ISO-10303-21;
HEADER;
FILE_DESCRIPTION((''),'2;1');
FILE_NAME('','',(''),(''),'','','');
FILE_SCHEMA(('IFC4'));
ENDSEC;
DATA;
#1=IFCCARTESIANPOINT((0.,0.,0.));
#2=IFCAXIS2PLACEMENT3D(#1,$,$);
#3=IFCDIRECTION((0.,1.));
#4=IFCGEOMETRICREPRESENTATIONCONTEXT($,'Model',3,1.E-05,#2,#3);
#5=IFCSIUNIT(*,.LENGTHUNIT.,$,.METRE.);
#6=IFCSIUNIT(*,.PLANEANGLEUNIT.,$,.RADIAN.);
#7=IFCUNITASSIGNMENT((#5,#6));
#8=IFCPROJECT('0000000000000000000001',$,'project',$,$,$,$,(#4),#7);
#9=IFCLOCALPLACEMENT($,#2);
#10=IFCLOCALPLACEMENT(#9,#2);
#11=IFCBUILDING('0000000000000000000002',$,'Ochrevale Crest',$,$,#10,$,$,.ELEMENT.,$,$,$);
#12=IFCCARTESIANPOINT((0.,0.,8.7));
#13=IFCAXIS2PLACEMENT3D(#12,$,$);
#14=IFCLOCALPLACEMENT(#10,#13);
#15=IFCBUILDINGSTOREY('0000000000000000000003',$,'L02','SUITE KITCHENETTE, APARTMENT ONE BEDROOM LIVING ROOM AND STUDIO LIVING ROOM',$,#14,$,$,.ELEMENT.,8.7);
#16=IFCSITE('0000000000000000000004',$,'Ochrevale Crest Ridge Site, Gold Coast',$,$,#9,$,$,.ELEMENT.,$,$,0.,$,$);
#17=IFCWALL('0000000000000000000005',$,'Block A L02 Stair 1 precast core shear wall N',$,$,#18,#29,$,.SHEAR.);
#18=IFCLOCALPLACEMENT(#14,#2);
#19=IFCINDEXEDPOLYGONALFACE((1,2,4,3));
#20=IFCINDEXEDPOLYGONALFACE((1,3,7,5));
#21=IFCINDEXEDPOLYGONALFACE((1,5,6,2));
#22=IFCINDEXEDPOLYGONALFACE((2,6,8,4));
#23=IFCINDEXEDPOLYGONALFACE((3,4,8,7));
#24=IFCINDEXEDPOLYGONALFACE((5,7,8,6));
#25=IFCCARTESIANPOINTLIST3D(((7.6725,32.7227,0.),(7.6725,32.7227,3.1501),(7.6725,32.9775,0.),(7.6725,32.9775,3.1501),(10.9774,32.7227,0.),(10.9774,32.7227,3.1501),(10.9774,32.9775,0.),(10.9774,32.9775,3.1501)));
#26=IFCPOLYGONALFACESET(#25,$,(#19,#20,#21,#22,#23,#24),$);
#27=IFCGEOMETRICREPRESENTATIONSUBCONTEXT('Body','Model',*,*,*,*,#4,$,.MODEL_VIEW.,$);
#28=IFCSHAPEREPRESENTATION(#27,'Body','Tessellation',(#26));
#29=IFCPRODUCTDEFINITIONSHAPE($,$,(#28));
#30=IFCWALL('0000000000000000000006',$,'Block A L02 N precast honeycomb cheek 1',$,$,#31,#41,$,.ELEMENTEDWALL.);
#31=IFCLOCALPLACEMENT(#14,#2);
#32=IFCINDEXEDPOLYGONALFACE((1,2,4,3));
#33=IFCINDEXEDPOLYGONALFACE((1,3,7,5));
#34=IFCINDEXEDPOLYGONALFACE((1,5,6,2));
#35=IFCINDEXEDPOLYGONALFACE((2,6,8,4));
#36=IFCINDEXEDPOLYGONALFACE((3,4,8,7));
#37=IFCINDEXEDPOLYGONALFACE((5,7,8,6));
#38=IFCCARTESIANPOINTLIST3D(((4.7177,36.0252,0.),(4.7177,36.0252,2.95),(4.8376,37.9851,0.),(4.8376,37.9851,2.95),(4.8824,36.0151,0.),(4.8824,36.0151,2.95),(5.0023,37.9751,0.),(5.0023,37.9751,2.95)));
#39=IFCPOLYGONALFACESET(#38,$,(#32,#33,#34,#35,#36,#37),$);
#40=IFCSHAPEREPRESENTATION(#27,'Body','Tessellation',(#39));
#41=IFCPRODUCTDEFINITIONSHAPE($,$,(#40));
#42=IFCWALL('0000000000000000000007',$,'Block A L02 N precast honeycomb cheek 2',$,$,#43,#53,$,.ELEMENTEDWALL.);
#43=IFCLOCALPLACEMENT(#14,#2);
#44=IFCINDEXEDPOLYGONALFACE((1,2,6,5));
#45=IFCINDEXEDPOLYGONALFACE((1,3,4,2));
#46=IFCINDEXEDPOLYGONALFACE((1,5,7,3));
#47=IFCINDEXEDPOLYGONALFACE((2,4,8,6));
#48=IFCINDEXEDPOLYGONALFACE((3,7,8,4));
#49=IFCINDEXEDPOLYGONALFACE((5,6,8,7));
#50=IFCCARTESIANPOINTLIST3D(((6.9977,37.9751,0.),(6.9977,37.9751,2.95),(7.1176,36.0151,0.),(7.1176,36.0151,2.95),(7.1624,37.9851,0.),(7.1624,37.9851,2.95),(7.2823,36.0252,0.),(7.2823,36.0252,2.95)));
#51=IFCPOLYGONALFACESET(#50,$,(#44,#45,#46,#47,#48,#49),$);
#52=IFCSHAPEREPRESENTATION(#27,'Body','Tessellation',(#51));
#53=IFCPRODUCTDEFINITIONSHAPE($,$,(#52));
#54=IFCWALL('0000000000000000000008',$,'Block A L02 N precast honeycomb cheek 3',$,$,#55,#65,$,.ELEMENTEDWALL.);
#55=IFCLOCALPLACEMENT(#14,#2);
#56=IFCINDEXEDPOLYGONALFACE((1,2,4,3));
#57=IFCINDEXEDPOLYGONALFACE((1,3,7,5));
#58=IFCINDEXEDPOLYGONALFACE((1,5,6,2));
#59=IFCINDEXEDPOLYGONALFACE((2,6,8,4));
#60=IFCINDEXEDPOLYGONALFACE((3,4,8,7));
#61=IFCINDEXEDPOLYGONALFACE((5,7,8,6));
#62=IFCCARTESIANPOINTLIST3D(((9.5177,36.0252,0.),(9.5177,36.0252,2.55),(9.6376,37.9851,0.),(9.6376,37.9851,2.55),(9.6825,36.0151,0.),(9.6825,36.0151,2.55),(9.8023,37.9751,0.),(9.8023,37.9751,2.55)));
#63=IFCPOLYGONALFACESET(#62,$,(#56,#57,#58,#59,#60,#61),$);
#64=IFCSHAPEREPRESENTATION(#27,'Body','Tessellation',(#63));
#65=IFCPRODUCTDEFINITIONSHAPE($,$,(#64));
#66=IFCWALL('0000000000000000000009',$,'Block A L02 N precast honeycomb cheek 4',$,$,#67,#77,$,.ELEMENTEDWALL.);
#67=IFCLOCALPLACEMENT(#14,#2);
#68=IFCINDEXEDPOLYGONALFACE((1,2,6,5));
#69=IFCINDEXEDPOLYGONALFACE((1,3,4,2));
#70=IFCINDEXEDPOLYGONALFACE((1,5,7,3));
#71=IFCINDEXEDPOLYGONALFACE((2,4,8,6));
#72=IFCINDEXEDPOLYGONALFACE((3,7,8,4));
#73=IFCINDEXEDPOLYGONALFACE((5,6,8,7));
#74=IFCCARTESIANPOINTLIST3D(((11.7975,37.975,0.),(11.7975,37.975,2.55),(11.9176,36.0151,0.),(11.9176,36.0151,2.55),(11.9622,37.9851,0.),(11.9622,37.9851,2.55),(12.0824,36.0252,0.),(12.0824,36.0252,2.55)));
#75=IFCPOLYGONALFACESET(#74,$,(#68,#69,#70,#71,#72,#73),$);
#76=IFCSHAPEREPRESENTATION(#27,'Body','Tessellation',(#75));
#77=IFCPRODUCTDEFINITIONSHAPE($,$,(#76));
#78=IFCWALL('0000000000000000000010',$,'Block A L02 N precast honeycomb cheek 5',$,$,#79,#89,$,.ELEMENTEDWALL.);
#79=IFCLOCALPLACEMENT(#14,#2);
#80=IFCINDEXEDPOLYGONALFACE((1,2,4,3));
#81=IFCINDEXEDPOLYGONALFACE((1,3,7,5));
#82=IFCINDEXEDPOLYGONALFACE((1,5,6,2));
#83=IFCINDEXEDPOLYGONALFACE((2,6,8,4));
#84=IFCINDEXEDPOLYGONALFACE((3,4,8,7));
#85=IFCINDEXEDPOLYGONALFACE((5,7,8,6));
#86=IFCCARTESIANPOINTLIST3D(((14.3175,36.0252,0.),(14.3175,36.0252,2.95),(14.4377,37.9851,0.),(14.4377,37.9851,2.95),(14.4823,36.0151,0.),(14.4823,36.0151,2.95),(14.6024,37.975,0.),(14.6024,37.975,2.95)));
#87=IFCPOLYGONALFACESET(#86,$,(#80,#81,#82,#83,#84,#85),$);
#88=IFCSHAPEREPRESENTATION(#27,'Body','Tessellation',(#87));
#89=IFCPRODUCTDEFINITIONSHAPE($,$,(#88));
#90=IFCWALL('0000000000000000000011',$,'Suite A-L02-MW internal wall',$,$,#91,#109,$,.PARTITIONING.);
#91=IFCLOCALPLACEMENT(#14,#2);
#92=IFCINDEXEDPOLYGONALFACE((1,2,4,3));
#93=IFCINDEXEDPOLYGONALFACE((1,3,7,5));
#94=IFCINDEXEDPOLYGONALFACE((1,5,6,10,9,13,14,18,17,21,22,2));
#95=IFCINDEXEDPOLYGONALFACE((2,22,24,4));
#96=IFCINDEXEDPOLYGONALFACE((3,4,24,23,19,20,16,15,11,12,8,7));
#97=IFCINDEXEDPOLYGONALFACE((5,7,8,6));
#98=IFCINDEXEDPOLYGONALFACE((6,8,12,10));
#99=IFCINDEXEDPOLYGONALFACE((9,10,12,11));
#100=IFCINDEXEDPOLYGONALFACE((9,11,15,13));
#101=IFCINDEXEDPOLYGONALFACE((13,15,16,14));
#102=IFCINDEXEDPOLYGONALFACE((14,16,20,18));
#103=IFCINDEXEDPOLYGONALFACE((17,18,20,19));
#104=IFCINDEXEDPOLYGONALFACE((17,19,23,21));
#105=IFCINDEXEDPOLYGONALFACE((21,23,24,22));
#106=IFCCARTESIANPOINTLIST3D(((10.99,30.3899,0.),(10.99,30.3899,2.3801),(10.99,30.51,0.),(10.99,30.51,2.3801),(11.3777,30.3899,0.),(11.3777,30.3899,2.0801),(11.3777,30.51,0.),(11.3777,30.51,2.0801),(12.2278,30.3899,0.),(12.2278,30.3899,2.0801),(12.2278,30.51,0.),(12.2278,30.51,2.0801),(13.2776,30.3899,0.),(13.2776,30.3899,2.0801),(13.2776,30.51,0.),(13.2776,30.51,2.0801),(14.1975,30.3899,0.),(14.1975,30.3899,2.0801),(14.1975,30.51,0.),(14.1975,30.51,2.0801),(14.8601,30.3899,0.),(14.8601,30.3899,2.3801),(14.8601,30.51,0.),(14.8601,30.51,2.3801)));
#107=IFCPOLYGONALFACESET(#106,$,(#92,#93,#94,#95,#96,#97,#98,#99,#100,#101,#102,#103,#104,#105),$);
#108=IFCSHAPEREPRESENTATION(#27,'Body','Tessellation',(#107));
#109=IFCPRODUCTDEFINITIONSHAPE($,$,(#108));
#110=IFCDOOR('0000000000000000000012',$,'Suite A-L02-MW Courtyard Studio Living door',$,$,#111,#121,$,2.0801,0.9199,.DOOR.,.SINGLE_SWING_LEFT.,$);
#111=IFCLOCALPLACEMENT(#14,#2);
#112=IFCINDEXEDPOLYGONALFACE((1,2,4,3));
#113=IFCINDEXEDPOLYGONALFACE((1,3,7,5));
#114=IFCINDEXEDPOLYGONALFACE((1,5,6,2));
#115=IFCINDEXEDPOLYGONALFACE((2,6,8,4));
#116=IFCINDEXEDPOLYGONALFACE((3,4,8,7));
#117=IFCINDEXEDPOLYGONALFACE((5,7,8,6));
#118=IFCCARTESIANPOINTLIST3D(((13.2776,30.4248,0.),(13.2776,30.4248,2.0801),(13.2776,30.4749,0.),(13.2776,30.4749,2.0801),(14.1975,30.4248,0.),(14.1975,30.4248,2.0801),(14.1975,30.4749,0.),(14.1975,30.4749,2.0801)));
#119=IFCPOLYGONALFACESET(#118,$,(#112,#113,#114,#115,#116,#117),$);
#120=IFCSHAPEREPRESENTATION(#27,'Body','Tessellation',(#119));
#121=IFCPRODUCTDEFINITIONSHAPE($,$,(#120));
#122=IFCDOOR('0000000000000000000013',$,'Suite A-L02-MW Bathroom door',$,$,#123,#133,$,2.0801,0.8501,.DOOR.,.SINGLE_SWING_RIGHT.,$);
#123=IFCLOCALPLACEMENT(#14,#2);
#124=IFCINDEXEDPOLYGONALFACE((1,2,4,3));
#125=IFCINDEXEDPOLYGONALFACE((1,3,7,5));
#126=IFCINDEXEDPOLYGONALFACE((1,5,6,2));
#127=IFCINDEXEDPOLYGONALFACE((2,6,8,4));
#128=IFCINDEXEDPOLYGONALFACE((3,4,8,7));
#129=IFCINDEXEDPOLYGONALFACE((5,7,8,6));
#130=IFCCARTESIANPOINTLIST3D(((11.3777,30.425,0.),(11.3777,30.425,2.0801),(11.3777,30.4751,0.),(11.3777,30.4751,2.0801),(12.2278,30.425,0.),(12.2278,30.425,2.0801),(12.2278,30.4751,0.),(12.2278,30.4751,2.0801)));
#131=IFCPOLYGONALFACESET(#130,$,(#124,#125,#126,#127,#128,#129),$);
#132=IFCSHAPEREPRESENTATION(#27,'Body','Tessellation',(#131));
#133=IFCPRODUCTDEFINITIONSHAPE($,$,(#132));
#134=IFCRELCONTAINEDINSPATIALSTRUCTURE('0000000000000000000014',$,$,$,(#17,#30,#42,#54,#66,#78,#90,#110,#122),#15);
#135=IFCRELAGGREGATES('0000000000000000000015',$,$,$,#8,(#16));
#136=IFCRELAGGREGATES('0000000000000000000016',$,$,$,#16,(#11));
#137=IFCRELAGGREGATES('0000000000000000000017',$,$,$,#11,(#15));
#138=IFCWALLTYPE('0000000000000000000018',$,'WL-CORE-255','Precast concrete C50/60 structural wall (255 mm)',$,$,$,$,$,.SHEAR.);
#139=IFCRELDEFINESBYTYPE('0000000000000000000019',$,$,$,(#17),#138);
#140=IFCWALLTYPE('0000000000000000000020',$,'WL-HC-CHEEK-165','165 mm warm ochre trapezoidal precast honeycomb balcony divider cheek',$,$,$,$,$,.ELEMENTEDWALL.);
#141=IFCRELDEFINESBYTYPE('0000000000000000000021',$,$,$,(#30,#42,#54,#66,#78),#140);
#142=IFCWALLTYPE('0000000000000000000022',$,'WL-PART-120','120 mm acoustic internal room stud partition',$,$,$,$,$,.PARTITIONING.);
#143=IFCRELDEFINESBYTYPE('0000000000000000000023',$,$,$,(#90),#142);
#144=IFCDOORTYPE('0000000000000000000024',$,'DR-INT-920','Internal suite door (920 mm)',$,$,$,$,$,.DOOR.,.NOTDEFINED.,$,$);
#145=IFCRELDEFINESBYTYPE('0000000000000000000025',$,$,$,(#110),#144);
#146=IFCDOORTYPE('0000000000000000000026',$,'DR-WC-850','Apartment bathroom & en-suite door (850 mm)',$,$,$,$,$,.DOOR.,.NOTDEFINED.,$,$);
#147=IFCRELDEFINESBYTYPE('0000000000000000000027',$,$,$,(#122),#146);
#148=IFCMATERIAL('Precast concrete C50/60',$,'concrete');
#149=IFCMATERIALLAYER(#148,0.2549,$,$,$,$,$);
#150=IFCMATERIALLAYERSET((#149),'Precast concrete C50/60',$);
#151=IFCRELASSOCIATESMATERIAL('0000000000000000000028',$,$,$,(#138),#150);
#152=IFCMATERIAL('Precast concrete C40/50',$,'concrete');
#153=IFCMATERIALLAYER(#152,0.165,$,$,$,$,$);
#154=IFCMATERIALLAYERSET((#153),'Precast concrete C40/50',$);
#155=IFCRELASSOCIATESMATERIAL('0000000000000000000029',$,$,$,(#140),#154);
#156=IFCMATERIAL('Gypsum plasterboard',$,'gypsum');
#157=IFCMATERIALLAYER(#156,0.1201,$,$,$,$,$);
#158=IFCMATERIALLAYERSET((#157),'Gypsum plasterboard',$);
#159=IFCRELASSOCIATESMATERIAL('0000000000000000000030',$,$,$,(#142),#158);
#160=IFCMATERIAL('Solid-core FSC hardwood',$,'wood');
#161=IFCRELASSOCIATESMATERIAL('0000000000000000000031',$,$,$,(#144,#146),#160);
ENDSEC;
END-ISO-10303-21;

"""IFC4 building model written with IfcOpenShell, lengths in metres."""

from ifc_helpers import new_model, si_unit, direction, frame, frame_2d, origin, place, context, subcontext, project, spatial, rectangle, extrude, material, layer, layer_set, type_object, element, fill, save


model = new_model("IFC4")

# Units and contexts
model_context = context("Model", 3, precision=1e-05, world=origin(), true_north=direction((0.0, 1.0)))
body_context = subcontext(model_context, "Body", "Model", "MODEL_VIEW")
ifc_project = project(units=[si_unit("LENGTHUNIT", "METRE"), si_unit("PLANEANGLEUNIT", "RADIAN")], contexts=[model_context])

# Site, building, storey
site_placement = place(None, origin())
site = spatial("IfcSite", under=ifc_project, at=site_placement, Name="Ochrevale Crest Ridge Site, Gold Coast", CompositionType="ELEMENT", RefElevation=0.0)
building_placement = place(site_placement, origin())
building = spatial("IfcBuilding", under=site, at=building_placement, Name="Ochrevale Crest", CompositionType="ELEMENT")
storey_placement = place(building_placement, frame((0.0, 0.0, 8.7)))
storey = spatial("IfcBuildingStorey", under=building, at=storey_placement, Name="L02", Description="SUITE KITCHENETTE, APARTMENT ONE BEDROOM LIVING ROOM AND STUDIO LIVING ROOM", CompositionType="ELEMENT", Elevation=8.7)

# Shared definitions
ifc_material_1 = material(Name="Precast concrete C50/60", Category="concrete")

# Shared definitions
ifc_material_2 = material(Name="Precast concrete C40/50", Category="concrete")

# Walls
ifc_layer_1 = layer(ifc_material_1, 0.2549)
ifc_layer_set_1 = layer_set([ifc_layer_1], Name="Precast concrete C50/60")
wall_type_1 = type_object("IfcWallType", Name="WL-CORE-255", Description="Precast concrete C50/60 structural wall (255 mm)", PredefinedType="SHEAR", material=ifc_layer_set_1)
wall_1_placement = place(storey_placement, frame((7.6726, 32.8501, 0.0), z_axis=(0.0, 0.0, 1.0), x_axis=(1.0, 0.0, 0.0)))
element("IfcWall", 1, at=wall_1_placement, inside=storey, type_object=wall_type_1, Name="Block A L02 Stair 1 precast core shear wall N", PredefinedType="SHEAR", context=body_context, shape_type="SweptSolid", body=[
    extrude(rectangle(XDim=3.3049, YDim=0.2549, at=frame_2d((1.6523, 0.0))), origin(), (0.0, 0.0, 1.0), 3.1501),
])
ifc_layer_2 = layer(ifc_material_2, 0.165)
ifc_layer_set_2 = layer_set([ifc_layer_2], Name="Precast concrete C40/50")
wall_type_2 = type_object("IfcWallType", Name="WL-HC-CHEEK-165", Description="165 mm warm ochre trapezoidal precast honeycomb balcony divider cheek", PredefinedType="ELEMENTEDWALL", material=ifc_layer_set_2)
for number, where, z_axis, x_axis, name in (
    (2, (4.8, 36.02, 0.0), (0.0, 0.0, 1.0), (0.061047, 0.998135, 0.0), "Block A L02 N precast honeycomb cheek 1"),
    (3, (7.2, 36.02, 0.0), (0.0, 0.0, 1.0), (-0.061047, 0.998135, 0.0), "Block A L02 N precast honeycomb cheek 2"),
):
    element("IfcWall", number, at=place(storey_placement, frame(where, z_axis=z_axis, x_axis=x_axis)), inside=storey, type_object=wall_type_2, Name=name, PredefinedType="ELEMENTEDWALL", context=body_context, shape_type="SweptSolid", body=[
        extrude(rectangle(XDim=1.9636, YDim=0.165, at=frame_2d((0.9819, 0.0))), origin(), (0.0, 0.0, 1.0), 2.95),
    ])
for number, where, z_axis, x_axis, name in (
    (4, (9.6001, 36.02, 0.0), (0.0, 0.0, 1.0), (0.061047, 0.998135, 0.0), "Block A L02 N precast honeycomb cheek 3"),
    (5, (12.0, 36.02, 0.0), (0.0, 0.0, 1.0), (-0.061171, 0.998127, 0.0), "Block A L02 N precast honeycomb cheek 4"),
):
    element("IfcWall", number, at=place(storey_placement, frame(where, z_axis=z_axis, x_axis=x_axis)), inside=storey, type_object=wall_type_2, Name=name, PredefinedType="ELEMENTEDWALL", context=body_context, shape_type="SweptSolid", body=[
        extrude(rectangle(XDim=1.9636, YDim=0.165, at=frame_2d((0.9819, 0.0))), origin(), (0.0, 0.0, 1.0), 2.55),
    ])
wall_2_placement = place(storey_placement, frame((14.3999, 36.02, 0.0), z_axis=(0.0, 0.0, 1.0), x_axis=(0.061171, 0.998127, 0.0)))
element("IfcWall", 6, at=wall_2_placement, inside=storey, type_object=wall_type_2, Name="Block A L02 N precast honeycomb cheek 5", PredefinedType="ELEMENTEDWALL", context=body_context, shape_type="SweptSolid", body=[
    extrude(rectangle(XDim=1.9636, YDim=0.165, at=frame_2d((0.9819, 0.0))), origin(), (0.0, 0.0, 1.0), 2.95),
])

# Wall, openings, doors
ifc_material_3 = material(Name="Gypsum plasterboard", Category="gypsum")
ifc_layer_3 = layer(ifc_material_3, 0.1201)
ifc_layer_set_3 = layer_set([ifc_layer_3], Name="Gypsum plasterboard")
wall_type_3 = type_object("IfcWallType", Name="WL-PART-120", Description="120 mm acoustic internal room stud partition", PredefinedType="PARTITIONING", material=ifc_layer_set_3)
wall_3_placement = place(storey_placement, frame((10.99, 30.45, 0.0), z_axis=(0.0, 0.0, 1.0), x_axis=(1.0, 0.0, 0.0)))
wall_3 = element("IfcWall", 7, at=wall_3_placement, inside=storey, type_object=wall_type_3, Name="Suite A-L02-MW internal wall", PredefinedType="PARTITIONING", context=body_context, shape_type="SweptSolid", body=[
    extrude(rectangle(XDim=3.8701, YDim=0.1201, at=frame_2d((1.9351, 0.0))), origin(), (0.0, 0.0, 1.0), 2.3801),
])
opening_1_placement = place(wall_3_placement, frame((1.2378, 0.0, 0.0), z_axis=(0.0, 0.0, 1.0), x_axis=(-1.0, 0.0, 0.0)))
opening_1 = element("IfcOpeningElement", 8, at=opening_1_placement, cuts=wall_3, PredefinedType="OPENING", context=body_context, shape_type="SweptSolid", body=[
    extrude(rectangle(XDim=0.8501, YDim=2.0801, at=frame_2d((0.425, 1.04))), frame((0.0, 0.0701, 0.0), z_axis=(0.0, -1.0, 0.0), x_axis=(1.0, 0.0, 0.0)), (0.0, 0.0, 1.0), 0.1401),
])
opening_2_placement = place(wall_3_placement, frame((2.2876, 0.0, 0.0)))
opening_2 = element("IfcOpeningElement", 9, at=opening_2_placement, cuts=wall_3, PredefinedType="OPENING", context=body_context, shape_type="SweptSolid", body=[
    extrude(rectangle(XDim=0.9199, YDim=2.0801, at=frame_2d((0.46, 1.04))), frame((0.0, 0.0701, 0.0), z_axis=(0.0, -1.0, 0.0), x_axis=(1.0, 0.0, 0.0)), (0.0, 0.0, 1.0), 0.1401),
])
ifc_material_4 = material(Name="Solid-core FSC hardwood", Category="wood")
door_type_1 = type_object("IfcDoorType", Name="DR-INT-920", Description="Internal suite door (920 mm)", OperationType="NOTDEFINED", PredefinedType="DOOR", material=ifc_material_4)
door_1_placement = place(opening_2_placement, origin())
door_1 = element("IfcDoor", 10, at=door_1_placement, inside=storey, type_object=door_type_1, Name="Suite A-L02-MW Courtyard Studio Living door", OperationType="SINGLE_SWING_LEFT", OverallHeight=2.0801, OverallWidth=0.9199, PredefinedType="DOOR", context=body_context, shape_type="SweptSolid", body=[
    extrude(rectangle(XDim=0.9199, YDim=2.0801, at=frame_2d((0.46, 1.04))), frame((0.0, 0.0249, 0.0), z_axis=(0.0, -1.0, 0.0), x_axis=(1.0, 0.0, 0.0)), (0.0, 0.0, 1.0), 0.05),
])
fill(opening_2, door_1)
door_type_2 = type_object("IfcDoorType", Name="DR-WC-850", Description="Apartment bathroom & en-suite door (850 mm)", OperationType="NOTDEFINED", PredefinedType="DOOR", material=ifc_material_4)
door_2_placement = place(opening_1_placement, origin())
door_2 = element("IfcDoor", 11, at=door_2_placement, inside=storey, type_object=door_type_2, Name="Suite A-L02-MW Bathroom door", OperationType="SINGLE_SWING_RIGHT", OverallHeight=2.0801, OverallWidth=0.8501, PredefinedType="DOOR", context=body_context, shape_type="SweptSolid", body=[
    extrude(rectangle(XDim=0.8501, YDim=2.0801, at=frame_2d((0.425, 1.04))), frame((0.0, 0.0249, 0.0), z_axis=(0.0, -1.0, 0.0), x_axis=(1.0, 0.0, 0.0)), (0.0, 0.0, 1.0), 0.05),
])
fill(opening_1, door_2)

save(model, "model.ifc")
